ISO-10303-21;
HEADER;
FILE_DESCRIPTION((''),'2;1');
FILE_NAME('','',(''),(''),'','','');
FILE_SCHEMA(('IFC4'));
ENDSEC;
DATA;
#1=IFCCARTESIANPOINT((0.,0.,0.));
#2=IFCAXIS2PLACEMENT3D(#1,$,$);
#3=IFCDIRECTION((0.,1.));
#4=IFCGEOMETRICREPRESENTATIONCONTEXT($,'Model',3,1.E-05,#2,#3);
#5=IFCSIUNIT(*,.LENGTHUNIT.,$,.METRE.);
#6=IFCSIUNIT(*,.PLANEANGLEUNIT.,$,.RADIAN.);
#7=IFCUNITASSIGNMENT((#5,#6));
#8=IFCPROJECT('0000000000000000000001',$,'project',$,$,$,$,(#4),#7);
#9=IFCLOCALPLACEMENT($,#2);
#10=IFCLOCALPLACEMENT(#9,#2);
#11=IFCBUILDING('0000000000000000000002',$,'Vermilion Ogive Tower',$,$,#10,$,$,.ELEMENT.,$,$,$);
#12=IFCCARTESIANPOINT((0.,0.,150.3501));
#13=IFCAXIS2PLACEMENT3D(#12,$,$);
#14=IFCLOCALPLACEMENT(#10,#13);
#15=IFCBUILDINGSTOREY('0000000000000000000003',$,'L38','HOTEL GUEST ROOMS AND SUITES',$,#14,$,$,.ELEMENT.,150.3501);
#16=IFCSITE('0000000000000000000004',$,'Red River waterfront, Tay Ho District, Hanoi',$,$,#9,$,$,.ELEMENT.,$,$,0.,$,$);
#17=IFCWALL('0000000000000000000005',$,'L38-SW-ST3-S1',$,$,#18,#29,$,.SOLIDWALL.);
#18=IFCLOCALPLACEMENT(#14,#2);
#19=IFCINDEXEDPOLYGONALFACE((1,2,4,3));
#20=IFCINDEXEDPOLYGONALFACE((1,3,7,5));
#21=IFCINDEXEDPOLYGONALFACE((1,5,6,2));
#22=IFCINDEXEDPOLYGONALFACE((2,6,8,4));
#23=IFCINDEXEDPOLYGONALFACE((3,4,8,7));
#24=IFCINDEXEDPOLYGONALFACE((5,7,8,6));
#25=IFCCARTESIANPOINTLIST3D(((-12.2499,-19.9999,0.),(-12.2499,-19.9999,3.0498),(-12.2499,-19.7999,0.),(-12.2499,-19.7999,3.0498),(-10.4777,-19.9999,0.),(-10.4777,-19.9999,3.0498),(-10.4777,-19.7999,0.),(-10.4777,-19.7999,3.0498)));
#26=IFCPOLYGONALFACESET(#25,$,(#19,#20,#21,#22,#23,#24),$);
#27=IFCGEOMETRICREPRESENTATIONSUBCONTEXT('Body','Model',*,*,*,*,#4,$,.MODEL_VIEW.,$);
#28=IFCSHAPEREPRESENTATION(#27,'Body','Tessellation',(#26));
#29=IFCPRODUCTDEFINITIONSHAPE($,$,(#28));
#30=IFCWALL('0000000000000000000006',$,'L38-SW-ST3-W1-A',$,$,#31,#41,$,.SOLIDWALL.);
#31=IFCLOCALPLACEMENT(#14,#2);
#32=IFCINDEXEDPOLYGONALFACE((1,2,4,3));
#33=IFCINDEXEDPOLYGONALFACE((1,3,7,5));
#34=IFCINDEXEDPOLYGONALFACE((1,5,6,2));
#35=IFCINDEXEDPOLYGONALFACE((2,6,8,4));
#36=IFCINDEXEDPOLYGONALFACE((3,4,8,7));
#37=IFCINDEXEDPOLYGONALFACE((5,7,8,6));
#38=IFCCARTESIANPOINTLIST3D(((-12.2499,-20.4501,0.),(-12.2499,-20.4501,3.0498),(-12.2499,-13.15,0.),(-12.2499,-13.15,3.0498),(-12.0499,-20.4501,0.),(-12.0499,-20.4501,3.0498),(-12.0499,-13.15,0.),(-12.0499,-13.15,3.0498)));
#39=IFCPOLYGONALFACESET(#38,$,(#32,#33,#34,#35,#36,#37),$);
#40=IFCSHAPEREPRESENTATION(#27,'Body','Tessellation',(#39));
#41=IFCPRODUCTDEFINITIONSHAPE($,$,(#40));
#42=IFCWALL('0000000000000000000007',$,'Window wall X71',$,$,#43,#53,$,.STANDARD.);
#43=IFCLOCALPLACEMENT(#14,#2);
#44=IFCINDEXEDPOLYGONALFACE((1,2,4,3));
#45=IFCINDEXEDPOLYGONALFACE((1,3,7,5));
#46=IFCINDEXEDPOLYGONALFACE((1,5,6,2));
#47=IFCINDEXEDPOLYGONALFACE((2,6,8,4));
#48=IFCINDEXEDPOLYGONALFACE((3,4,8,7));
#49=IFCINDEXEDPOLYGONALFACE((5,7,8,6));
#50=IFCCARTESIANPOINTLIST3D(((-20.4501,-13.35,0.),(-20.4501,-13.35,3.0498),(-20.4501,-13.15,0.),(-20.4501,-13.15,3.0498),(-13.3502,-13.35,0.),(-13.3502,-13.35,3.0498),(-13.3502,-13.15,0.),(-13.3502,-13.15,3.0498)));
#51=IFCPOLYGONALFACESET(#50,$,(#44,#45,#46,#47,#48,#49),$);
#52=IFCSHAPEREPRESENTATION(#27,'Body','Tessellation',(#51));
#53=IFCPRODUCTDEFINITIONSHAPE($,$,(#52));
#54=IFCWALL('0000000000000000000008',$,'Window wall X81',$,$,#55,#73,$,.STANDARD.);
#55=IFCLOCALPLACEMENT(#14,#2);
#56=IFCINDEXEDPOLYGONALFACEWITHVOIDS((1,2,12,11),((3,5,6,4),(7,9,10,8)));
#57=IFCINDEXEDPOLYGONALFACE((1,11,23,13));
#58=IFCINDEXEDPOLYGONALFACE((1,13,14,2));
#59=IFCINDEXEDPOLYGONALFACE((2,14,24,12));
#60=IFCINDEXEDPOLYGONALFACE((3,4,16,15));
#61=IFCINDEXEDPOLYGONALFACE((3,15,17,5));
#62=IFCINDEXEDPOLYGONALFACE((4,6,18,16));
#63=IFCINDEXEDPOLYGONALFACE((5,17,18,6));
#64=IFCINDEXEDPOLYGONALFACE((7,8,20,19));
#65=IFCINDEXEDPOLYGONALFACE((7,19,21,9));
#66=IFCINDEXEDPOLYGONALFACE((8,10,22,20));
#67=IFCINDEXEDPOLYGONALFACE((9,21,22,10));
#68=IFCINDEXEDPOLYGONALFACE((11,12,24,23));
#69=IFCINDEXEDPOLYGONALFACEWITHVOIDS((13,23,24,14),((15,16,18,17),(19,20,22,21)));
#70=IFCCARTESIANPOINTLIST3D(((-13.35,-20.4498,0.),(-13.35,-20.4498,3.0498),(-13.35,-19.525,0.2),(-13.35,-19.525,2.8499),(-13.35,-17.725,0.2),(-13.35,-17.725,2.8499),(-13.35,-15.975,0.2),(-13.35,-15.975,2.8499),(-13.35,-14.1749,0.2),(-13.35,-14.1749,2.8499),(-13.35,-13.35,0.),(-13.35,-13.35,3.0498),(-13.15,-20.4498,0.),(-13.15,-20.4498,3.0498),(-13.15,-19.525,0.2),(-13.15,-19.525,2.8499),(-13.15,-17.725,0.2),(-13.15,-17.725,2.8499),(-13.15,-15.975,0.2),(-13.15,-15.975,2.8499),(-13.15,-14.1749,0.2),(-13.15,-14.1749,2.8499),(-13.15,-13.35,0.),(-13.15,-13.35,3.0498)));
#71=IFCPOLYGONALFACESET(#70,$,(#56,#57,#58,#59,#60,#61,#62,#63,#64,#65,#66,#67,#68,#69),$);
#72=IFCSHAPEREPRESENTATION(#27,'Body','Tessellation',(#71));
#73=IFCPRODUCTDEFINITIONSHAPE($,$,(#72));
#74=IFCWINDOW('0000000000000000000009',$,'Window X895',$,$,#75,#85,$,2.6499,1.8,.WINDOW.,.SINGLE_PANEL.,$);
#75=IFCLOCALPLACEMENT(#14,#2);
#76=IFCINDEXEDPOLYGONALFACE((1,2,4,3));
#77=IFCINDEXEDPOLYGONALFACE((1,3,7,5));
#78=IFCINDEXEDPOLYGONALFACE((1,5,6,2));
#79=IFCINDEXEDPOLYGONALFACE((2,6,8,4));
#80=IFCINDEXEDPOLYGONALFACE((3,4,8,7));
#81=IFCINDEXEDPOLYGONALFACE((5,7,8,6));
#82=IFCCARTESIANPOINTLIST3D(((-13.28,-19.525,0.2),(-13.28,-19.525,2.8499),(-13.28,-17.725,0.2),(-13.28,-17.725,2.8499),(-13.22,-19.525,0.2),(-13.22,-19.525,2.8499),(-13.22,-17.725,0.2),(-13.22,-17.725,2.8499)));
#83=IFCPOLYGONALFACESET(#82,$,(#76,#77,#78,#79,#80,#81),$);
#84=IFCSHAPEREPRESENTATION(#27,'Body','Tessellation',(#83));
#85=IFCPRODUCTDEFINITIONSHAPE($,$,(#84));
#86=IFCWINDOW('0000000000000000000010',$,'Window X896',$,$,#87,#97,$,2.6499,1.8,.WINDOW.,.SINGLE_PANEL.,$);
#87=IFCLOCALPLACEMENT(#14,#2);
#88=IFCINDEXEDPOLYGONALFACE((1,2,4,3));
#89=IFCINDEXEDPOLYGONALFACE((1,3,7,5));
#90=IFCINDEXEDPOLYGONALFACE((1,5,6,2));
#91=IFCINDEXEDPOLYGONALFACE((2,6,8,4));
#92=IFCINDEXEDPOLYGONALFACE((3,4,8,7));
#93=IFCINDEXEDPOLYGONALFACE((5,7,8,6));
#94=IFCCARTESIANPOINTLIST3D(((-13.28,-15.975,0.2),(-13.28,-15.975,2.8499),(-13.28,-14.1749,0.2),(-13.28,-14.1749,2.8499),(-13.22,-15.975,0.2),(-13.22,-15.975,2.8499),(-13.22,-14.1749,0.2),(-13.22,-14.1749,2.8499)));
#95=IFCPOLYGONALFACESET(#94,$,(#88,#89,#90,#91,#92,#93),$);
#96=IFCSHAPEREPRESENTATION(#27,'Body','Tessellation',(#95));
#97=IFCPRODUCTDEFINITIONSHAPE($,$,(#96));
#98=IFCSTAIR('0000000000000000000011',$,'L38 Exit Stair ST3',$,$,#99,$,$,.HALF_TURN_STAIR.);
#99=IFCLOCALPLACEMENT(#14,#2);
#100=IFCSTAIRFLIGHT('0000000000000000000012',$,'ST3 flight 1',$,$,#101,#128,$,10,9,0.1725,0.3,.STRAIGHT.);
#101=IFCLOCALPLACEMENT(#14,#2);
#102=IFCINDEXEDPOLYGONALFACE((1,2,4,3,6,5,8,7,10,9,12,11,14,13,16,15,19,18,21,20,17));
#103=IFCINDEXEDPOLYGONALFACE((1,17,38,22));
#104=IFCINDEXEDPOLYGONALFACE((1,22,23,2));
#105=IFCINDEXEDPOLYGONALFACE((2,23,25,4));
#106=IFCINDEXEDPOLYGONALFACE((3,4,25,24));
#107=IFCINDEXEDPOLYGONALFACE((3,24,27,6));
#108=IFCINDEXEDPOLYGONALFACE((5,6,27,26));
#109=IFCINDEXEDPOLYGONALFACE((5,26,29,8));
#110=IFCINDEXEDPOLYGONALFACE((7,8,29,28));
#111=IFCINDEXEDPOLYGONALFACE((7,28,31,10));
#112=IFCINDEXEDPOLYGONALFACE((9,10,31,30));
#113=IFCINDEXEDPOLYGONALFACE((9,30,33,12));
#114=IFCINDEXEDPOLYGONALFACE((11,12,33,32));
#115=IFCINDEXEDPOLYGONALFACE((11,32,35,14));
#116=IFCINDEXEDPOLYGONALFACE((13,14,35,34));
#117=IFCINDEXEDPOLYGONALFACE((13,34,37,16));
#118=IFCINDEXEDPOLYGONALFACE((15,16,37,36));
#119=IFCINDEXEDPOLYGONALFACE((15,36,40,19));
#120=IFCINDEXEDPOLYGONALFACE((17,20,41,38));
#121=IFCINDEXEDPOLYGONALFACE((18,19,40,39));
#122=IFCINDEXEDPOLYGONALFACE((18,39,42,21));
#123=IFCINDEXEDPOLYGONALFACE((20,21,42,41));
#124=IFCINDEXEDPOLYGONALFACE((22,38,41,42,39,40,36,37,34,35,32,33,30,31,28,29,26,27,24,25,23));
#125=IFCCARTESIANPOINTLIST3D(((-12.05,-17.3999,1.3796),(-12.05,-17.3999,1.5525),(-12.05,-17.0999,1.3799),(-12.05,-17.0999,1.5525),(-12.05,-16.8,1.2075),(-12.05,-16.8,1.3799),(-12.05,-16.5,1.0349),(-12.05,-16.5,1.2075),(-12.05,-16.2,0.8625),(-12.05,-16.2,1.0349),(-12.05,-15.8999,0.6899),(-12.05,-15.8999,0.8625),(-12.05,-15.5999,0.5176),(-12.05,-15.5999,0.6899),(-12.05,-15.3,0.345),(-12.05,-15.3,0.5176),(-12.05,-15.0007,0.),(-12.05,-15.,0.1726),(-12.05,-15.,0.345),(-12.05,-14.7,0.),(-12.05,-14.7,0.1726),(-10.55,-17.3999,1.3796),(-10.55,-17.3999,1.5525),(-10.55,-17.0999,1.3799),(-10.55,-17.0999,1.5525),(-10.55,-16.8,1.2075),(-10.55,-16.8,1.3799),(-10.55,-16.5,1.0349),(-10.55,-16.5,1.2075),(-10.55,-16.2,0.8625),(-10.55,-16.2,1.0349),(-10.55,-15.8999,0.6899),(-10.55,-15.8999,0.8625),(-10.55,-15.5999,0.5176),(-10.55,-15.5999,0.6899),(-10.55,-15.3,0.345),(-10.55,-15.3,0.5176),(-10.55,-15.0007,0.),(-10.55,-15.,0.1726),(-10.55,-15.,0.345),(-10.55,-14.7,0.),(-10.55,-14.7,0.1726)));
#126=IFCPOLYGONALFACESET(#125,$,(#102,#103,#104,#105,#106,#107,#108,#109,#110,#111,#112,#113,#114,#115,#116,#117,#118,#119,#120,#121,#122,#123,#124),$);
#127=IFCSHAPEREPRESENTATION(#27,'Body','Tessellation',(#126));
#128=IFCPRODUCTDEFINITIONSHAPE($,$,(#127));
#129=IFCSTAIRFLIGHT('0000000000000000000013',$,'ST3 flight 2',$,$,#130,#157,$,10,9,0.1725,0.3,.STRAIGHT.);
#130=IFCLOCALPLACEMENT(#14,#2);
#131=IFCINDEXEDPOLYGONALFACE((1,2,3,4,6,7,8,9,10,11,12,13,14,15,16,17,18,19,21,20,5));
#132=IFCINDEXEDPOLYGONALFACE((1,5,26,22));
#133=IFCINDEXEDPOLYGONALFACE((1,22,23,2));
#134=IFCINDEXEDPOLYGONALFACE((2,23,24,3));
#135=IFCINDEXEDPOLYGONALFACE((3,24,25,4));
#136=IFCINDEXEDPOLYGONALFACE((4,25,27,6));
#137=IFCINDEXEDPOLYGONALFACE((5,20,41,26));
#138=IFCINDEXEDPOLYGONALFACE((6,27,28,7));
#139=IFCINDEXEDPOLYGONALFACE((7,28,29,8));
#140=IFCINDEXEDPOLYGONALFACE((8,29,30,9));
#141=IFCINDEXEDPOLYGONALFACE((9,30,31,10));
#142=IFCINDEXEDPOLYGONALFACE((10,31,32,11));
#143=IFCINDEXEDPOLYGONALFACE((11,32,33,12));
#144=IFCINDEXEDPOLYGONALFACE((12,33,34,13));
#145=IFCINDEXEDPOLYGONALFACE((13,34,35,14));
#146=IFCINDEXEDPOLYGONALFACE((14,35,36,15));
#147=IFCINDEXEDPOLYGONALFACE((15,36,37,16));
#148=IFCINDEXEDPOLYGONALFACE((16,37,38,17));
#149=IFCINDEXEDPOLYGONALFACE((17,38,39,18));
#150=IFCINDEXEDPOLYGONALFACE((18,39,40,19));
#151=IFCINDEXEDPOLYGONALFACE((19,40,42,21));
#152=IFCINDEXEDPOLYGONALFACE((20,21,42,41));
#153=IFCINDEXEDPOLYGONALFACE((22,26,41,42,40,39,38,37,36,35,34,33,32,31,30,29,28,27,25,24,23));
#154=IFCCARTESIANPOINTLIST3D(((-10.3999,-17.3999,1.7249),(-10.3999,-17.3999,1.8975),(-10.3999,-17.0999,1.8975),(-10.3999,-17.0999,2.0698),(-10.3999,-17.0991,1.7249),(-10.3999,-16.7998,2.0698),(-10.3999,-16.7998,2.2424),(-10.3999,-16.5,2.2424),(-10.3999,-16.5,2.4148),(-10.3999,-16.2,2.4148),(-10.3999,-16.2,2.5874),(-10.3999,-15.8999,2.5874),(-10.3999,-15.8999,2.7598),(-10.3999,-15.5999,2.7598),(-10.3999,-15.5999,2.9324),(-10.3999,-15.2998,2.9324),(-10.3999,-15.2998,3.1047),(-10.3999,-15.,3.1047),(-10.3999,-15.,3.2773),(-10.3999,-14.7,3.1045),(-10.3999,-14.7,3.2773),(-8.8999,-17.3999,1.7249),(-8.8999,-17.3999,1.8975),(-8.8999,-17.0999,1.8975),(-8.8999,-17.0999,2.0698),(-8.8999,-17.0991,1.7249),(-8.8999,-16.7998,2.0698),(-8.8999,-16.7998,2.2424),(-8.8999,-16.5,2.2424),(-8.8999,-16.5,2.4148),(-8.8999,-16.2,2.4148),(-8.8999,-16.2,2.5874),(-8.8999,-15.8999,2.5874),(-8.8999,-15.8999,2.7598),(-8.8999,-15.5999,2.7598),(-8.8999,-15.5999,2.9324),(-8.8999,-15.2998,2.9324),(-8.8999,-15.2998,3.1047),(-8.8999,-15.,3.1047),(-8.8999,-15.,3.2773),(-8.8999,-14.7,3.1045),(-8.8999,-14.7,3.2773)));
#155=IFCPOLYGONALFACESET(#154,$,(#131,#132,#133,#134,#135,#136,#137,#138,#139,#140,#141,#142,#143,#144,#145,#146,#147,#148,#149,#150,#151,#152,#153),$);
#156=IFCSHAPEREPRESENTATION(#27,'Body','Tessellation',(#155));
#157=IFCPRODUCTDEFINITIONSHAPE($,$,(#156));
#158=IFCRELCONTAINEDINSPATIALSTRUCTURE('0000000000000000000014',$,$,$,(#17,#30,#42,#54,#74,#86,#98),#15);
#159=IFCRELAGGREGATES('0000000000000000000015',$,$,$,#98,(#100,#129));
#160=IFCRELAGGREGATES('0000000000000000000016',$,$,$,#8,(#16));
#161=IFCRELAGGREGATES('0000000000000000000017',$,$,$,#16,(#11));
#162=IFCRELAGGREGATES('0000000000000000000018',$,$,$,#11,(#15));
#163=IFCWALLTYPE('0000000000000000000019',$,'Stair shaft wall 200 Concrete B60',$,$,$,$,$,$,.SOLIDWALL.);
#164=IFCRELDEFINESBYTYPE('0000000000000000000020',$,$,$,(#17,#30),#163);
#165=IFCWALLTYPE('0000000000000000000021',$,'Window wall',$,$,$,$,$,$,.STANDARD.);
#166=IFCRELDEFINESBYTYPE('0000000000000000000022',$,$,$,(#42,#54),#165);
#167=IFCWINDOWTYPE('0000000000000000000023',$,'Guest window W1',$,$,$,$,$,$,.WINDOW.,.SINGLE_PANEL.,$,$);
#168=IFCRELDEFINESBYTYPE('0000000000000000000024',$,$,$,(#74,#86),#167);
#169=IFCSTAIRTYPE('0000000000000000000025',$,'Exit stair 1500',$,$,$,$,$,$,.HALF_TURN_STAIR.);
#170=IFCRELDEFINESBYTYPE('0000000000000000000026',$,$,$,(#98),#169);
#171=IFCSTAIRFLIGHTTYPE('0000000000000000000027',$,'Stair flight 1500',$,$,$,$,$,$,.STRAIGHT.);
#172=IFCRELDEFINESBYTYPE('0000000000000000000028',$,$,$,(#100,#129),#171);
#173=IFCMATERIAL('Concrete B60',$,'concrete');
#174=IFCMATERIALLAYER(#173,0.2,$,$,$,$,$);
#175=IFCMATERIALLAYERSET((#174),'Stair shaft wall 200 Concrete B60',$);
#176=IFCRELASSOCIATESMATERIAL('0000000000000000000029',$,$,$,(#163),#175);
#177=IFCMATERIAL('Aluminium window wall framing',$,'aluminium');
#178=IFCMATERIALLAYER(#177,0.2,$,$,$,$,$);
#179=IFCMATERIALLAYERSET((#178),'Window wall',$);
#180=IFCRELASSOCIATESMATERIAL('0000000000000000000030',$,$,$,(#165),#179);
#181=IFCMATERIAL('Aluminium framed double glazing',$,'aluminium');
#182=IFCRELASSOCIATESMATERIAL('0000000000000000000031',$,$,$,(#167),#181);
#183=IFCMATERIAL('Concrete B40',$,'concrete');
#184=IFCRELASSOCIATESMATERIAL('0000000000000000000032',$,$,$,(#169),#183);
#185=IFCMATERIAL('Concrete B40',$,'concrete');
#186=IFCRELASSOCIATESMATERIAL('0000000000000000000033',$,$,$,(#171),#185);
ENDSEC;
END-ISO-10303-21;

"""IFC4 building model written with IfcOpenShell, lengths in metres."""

from ifc_helpers import new_model, si_unit, direction, frame, frame_2d, origin, place, context, subcontext, project, spatial, polyline, rectangle, outline, extrude, material, layer, layer_set, type_object, element, fill, aggregate, save


model = new_model("IFC4")

# Units and contexts
model_context = context("Model", 3, precision=1e-05, world=origin(), true_north=direction((0.0, 1.0)))
body_context = subcontext(model_context, "Body", "Model", "MODEL_VIEW")
ifc_project = project(units=[si_unit("LENGTHUNIT", "METRE"), si_unit("PLANEANGLEUNIT", "RADIAN")], contexts=[model_context])

# Site, building, storey
site_placement = place(None, origin())
site = spatial("IfcSite", under=ifc_project, at=site_placement, Name="Red River waterfront, Tay Ho District, Hanoi", CompositionType="ELEMENT", RefElevation=0.0)
building_placement = place(site_placement, origin())
building = spatial("IfcBuilding", under=site, at=building_placement, Name="Vermilion Ogive Tower", CompositionType="ELEMENT")
storey_placement = place(building_placement, frame((0.0, 0.0, 150.3501)))
storey = spatial("IfcBuildingStorey", under=building, at=storey_placement, Name="L38", Description="HOTEL GUEST ROOMS AND SUITES", CompositionType="ELEMENT", Elevation=150.3501)

# Shared definitions
ifc_material_1 = material(Name="Concrete B60", Category="concrete")
ifc_layer_1 = layer(ifc_material_1, 0.2)
ifc_layer_set_1 = layer_set([ifc_layer_1], Name="Stair shaft wall 200 Concrete B60")
wall_type_1 = type_object("IfcWallType", Name="Stair shaft wall 200 Concrete B60", PredefinedType="SOLIDWALL", material=ifc_layer_set_1)

# Walls
wall_1_placement = place(storey_placement, frame((-12.25, -19.8999, 0.0), z_axis=(0.0, 0.0, 1.0), x_axis=(1.0, 0.0, 0.0)))
element("IfcWall", 1, at=wall_1_placement, inside=storey, type_object=wall_type_1, Name="L38-SW-ST3-S1", PredefinedType="SOLIDWALL", context=body_context, shape_type="SweptSolid", body=[
    extrude(rectangle(XDim=1.7722, YDim=0.2, at=frame_2d((0.8862, 0.0))), origin(), (0.0, 0.0, 1.0), 3.0498),
])
wall_2_placement = place(storey_placement, frame((-12.1499, -20.45, 0.0), z_axis=(0.0, 0.0, 1.0), x_axis=(0.0, 1.0, 0.0)))
element("IfcWall", 2, at=wall_2_placement, inside=storey, type_object=wall_type_1, Name="L38-SW-ST3-W1-A", PredefinedType="SOLIDWALL", context=body_context, shape_type="SweptSolid", body=[
    extrude(rectangle(XDim=7.3, YDim=0.2, at=frame_2d((3.6499, 0.0))), origin(), (0.0, 0.0, 1.0), 3.0498),
])
ifc_material_2 = material(Name="Aluminium window wall framing", Category="aluminium")
ifc_layer_2 = layer(ifc_material_2, 0.2)
ifc_layer_set_2 = layer_set([ifc_layer_2], Name="Window wall")
wall_type_2 = type_object("IfcWallType", Name="Window wall", PredefinedType="STANDARD", material=ifc_layer_set_2)
wall_3_placement = place(storey_placement, frame((-20.45, -13.25, 0.0), z_axis=(0.0, 0.0, 1.0), x_axis=(1.0, 0.0, 0.0)))
element("IfcWall", 3, at=wall_3_placement, inside=storey, type_object=wall_type_2, Name="Window wall X71", PredefinedType="STANDARD", context=body_context, shape_type="SweptSolid", body=[
    extrude(rectangle(XDim=7.0999, YDim=0.2, at=frame_2d((3.5498, 0.0))), origin(), (0.0, 0.0, 1.0), 3.0498),
])

# Wall, openings, windows
wall_4_placement = place(storey_placement, frame((-13.25, -13.3501, 0.0), z_axis=(0.0, 0.0, 1.0), x_axis=(0.0, -1.0, 0.0)))
wall_4 = element("IfcWall", 4, at=wall_4_placement, inside=storey, type_object=wall_type_2, Name="Window wall X81", PredefinedType="STANDARD", context=body_context, shape_type="SweptSolid", body=[
    extrude(rectangle(XDim=7.0999, YDim=0.2, at=frame_2d((3.5498, 0.0))), origin(), (0.0, 0.0, 1.0), 3.0498),
])
opening_1_placement = place(wall_4_placement, frame((4.375, 0.0, 0.2)))
opening_1 = element("IfcOpeningElement", 5, at=opening_1_placement, cuts=wall_4, PredefinedType="OPENING", context=body_context, shape_type="SweptSolid", body=[
    extrude(rectangle(XDim=1.8, YDim=2.6499, at=frame_2d((0.8999, 1.325))), frame((0.0, 0.1099, 0.0), z_axis=(0.0, -1.0, 0.0), x_axis=(1.0, 0.0, 0.0)), (0.0, 0.0, 1.0), 0.22),
])
opening_2_placement = place(wall_4_placement, frame((0.825, 0.0, 0.2)))
opening_2 = element("IfcOpeningElement", 6, at=opening_2_placement, cuts=wall_4, PredefinedType="OPENING", context=body_context, shape_type="SweptSolid", body=[
    extrude(rectangle(XDim=1.8, YDim=2.6499, at=frame_2d((0.8999, 1.325))), frame((0.0, 0.1099, 0.0), z_axis=(0.0, -1.0, 0.0), x_axis=(1.0, 0.0, 0.0)), (0.0, 0.0, 1.0), 0.22),
])
ifc_material_3 = material(Name="Aluminium framed double glazing", Category="aluminium")
window_type = type_object("IfcWindowType", Name="Guest window W1", PartitioningType="SINGLE_PANEL", PredefinedType="WINDOW", material=ifc_material_3)
window_1_placement = place(opening_1_placement, origin())
window_1 = element("IfcWindow", 7, at=window_1_placement, inside=storey, type_object=window_type, Name="Window X895", OverallHeight=2.6499, OverallWidth=1.8, PartitioningType="SINGLE_PANEL", PredefinedType="WINDOW", context=body_context, shape_type="SweptSolid", body=[
    extrude(rectangle(XDim=1.8, YDim=2.6499, at=frame_2d((0.8999, 1.325))), frame((0.0, 0.03, 0.0), z_axis=(0.0, -1.0, 0.0), x_axis=(1.0, 0.0, 0.0)), (0.0, 0.0, 1.0), 0.0601),
])
fill(opening_1, window_1)
window_2_placement = place(opening_2_placement, origin())
window_2 = element("IfcWindow", 8, at=window_2_placement, inside=storey, type_object=window_type, Name="Window X896", OverallHeight=2.6499, OverallWidth=1.8, PartitioningType="SINGLE_PANEL", PredefinedType="WINDOW", context=body_context, shape_type="SweptSolid", body=[
    extrude(rectangle(XDim=1.8, YDim=2.6499, at=frame_2d((0.8999, 1.325))), frame((0.0, 0.03, 0.0), z_axis=(0.0, -1.0, 0.0), x_axis=(1.0, 0.0, 0.0)), (0.0, 0.0, 1.0), 0.0601),
])
fill(opening_2, window_2)

# Stair, stair flights
ifc_material_4 = material(Name="Concrete B40", Category="concrete")
stair_type = type_object("IfcStairType", Name="Exit stair 1500", PredefinedType="HALF_TURN_STAIR", material=ifc_material_4)
stair_placement = place(storey_placement, origin())
stair = element("IfcStair", 9, at=stair_placement, inside=storey, type_object=stair_type, Name="L38 Exit Stair ST3", PredefinedType="HALF_TURN_STAIR")
ifc_material_5 = material(Name="Concrete B40", Category="concrete")
stair_flight_type = type_object("IfcStairFlightType", Name="Stair flight 1500", PredefinedType="STRAIGHT", material=ifc_material_5)
stair_flight_1_placement = place(storey_placement, frame((-11.3, -14.7, 0.0), z_axis=(0.0, 0.0, 1.0), x_axis=(0.0, -1.0, 0.0)))
stair_flight_1 = element("IfcStairFlight", 10, at=stair_flight_1_placement, type_object=stair_flight_type, Name="ST3 flight 1", NumberOfRisers=10, NumberOfTreads=9, PredefinedType="STRAIGHT", RiserHeight=0.1725, TreadLength=0.3, context=body_context, shape_type="SweptSolid", body=[
    extrude(outline(polyline([(0.0, 0.0), (0.0, 0.1726), (0.3, 0.1726), (0.3, 0.345), (0.6001, 0.345), (0.6001, 0.5176), (0.8999, 0.5176), (0.8999, 0.6899), (1.2, 0.6899), (1.2, 0.8625), (1.5, 0.8625), (1.5, 1.0349), (1.8, 1.0349), (1.8, 1.2075), (2.1001, 1.2075), (2.1001, 1.3799), (2.3999, 1.3799), (2.3999, 1.5525), (2.7, 1.5525), (2.7, 1.7251), (2.7, 1.3796), (0.3008, 0.0), (0.0, 0.0)])), frame((0.0, 0.75, 0.0), z_axis=(0.0, -1.0, 0.0), x_axis=(1.0, 0.0, 0.0)), (0.0, 0.0, 1.0), 1.5),
])
stair_flight_2_placement = place(storey_placement, frame((-9.6499, -17.3999, 1.7249), z_axis=(0.0, 0.0, 1.0), x_axis=(0.0, 1.0, 0.0)))
stair_flight_2 = element("IfcStairFlight", 11, at=stair_flight_2_placement, type_object=stair_flight_type, Name="ST3 flight 2", NumberOfRisers=10, NumberOfTreads=9, PredefinedType="STRAIGHT", RiserHeight=0.1725, TreadLength=0.3, context=body_context, shape_type="SweptSolid", body=[
    extrude(outline(polyline([(0.0, 0.0), (0.0, 0.1726), (0.3, 0.1726), (0.3, 0.345), (0.6001, 0.345), (0.6001, 0.5176), (0.8999, 0.5176), (0.8999, 0.6899), (1.2, 0.6899), (1.2, 0.8625), (1.5, 0.8625), (1.5, 1.0349), (1.8, 1.0349), (1.8, 1.2075), (2.1001, 1.2075), (2.1001, 1.3799), (2.3999, 1.3799), (2.3999, 1.5525), (2.7, 1.5525), (2.7, 1.7251), (2.7, 1.3796), (0.3008, 0.0), (0.0, 0.0)])), frame((0.0, 0.75, 0.0), z_axis=(0.0, -1.0, 0.0), x_axis=(1.0, 0.0, 0.0)), (0.0, 0.0, 1.0), 1.5),
])
aggregate(stair, [stair_flight_1, stair_flight_2])

save(model, "model.ifc")
